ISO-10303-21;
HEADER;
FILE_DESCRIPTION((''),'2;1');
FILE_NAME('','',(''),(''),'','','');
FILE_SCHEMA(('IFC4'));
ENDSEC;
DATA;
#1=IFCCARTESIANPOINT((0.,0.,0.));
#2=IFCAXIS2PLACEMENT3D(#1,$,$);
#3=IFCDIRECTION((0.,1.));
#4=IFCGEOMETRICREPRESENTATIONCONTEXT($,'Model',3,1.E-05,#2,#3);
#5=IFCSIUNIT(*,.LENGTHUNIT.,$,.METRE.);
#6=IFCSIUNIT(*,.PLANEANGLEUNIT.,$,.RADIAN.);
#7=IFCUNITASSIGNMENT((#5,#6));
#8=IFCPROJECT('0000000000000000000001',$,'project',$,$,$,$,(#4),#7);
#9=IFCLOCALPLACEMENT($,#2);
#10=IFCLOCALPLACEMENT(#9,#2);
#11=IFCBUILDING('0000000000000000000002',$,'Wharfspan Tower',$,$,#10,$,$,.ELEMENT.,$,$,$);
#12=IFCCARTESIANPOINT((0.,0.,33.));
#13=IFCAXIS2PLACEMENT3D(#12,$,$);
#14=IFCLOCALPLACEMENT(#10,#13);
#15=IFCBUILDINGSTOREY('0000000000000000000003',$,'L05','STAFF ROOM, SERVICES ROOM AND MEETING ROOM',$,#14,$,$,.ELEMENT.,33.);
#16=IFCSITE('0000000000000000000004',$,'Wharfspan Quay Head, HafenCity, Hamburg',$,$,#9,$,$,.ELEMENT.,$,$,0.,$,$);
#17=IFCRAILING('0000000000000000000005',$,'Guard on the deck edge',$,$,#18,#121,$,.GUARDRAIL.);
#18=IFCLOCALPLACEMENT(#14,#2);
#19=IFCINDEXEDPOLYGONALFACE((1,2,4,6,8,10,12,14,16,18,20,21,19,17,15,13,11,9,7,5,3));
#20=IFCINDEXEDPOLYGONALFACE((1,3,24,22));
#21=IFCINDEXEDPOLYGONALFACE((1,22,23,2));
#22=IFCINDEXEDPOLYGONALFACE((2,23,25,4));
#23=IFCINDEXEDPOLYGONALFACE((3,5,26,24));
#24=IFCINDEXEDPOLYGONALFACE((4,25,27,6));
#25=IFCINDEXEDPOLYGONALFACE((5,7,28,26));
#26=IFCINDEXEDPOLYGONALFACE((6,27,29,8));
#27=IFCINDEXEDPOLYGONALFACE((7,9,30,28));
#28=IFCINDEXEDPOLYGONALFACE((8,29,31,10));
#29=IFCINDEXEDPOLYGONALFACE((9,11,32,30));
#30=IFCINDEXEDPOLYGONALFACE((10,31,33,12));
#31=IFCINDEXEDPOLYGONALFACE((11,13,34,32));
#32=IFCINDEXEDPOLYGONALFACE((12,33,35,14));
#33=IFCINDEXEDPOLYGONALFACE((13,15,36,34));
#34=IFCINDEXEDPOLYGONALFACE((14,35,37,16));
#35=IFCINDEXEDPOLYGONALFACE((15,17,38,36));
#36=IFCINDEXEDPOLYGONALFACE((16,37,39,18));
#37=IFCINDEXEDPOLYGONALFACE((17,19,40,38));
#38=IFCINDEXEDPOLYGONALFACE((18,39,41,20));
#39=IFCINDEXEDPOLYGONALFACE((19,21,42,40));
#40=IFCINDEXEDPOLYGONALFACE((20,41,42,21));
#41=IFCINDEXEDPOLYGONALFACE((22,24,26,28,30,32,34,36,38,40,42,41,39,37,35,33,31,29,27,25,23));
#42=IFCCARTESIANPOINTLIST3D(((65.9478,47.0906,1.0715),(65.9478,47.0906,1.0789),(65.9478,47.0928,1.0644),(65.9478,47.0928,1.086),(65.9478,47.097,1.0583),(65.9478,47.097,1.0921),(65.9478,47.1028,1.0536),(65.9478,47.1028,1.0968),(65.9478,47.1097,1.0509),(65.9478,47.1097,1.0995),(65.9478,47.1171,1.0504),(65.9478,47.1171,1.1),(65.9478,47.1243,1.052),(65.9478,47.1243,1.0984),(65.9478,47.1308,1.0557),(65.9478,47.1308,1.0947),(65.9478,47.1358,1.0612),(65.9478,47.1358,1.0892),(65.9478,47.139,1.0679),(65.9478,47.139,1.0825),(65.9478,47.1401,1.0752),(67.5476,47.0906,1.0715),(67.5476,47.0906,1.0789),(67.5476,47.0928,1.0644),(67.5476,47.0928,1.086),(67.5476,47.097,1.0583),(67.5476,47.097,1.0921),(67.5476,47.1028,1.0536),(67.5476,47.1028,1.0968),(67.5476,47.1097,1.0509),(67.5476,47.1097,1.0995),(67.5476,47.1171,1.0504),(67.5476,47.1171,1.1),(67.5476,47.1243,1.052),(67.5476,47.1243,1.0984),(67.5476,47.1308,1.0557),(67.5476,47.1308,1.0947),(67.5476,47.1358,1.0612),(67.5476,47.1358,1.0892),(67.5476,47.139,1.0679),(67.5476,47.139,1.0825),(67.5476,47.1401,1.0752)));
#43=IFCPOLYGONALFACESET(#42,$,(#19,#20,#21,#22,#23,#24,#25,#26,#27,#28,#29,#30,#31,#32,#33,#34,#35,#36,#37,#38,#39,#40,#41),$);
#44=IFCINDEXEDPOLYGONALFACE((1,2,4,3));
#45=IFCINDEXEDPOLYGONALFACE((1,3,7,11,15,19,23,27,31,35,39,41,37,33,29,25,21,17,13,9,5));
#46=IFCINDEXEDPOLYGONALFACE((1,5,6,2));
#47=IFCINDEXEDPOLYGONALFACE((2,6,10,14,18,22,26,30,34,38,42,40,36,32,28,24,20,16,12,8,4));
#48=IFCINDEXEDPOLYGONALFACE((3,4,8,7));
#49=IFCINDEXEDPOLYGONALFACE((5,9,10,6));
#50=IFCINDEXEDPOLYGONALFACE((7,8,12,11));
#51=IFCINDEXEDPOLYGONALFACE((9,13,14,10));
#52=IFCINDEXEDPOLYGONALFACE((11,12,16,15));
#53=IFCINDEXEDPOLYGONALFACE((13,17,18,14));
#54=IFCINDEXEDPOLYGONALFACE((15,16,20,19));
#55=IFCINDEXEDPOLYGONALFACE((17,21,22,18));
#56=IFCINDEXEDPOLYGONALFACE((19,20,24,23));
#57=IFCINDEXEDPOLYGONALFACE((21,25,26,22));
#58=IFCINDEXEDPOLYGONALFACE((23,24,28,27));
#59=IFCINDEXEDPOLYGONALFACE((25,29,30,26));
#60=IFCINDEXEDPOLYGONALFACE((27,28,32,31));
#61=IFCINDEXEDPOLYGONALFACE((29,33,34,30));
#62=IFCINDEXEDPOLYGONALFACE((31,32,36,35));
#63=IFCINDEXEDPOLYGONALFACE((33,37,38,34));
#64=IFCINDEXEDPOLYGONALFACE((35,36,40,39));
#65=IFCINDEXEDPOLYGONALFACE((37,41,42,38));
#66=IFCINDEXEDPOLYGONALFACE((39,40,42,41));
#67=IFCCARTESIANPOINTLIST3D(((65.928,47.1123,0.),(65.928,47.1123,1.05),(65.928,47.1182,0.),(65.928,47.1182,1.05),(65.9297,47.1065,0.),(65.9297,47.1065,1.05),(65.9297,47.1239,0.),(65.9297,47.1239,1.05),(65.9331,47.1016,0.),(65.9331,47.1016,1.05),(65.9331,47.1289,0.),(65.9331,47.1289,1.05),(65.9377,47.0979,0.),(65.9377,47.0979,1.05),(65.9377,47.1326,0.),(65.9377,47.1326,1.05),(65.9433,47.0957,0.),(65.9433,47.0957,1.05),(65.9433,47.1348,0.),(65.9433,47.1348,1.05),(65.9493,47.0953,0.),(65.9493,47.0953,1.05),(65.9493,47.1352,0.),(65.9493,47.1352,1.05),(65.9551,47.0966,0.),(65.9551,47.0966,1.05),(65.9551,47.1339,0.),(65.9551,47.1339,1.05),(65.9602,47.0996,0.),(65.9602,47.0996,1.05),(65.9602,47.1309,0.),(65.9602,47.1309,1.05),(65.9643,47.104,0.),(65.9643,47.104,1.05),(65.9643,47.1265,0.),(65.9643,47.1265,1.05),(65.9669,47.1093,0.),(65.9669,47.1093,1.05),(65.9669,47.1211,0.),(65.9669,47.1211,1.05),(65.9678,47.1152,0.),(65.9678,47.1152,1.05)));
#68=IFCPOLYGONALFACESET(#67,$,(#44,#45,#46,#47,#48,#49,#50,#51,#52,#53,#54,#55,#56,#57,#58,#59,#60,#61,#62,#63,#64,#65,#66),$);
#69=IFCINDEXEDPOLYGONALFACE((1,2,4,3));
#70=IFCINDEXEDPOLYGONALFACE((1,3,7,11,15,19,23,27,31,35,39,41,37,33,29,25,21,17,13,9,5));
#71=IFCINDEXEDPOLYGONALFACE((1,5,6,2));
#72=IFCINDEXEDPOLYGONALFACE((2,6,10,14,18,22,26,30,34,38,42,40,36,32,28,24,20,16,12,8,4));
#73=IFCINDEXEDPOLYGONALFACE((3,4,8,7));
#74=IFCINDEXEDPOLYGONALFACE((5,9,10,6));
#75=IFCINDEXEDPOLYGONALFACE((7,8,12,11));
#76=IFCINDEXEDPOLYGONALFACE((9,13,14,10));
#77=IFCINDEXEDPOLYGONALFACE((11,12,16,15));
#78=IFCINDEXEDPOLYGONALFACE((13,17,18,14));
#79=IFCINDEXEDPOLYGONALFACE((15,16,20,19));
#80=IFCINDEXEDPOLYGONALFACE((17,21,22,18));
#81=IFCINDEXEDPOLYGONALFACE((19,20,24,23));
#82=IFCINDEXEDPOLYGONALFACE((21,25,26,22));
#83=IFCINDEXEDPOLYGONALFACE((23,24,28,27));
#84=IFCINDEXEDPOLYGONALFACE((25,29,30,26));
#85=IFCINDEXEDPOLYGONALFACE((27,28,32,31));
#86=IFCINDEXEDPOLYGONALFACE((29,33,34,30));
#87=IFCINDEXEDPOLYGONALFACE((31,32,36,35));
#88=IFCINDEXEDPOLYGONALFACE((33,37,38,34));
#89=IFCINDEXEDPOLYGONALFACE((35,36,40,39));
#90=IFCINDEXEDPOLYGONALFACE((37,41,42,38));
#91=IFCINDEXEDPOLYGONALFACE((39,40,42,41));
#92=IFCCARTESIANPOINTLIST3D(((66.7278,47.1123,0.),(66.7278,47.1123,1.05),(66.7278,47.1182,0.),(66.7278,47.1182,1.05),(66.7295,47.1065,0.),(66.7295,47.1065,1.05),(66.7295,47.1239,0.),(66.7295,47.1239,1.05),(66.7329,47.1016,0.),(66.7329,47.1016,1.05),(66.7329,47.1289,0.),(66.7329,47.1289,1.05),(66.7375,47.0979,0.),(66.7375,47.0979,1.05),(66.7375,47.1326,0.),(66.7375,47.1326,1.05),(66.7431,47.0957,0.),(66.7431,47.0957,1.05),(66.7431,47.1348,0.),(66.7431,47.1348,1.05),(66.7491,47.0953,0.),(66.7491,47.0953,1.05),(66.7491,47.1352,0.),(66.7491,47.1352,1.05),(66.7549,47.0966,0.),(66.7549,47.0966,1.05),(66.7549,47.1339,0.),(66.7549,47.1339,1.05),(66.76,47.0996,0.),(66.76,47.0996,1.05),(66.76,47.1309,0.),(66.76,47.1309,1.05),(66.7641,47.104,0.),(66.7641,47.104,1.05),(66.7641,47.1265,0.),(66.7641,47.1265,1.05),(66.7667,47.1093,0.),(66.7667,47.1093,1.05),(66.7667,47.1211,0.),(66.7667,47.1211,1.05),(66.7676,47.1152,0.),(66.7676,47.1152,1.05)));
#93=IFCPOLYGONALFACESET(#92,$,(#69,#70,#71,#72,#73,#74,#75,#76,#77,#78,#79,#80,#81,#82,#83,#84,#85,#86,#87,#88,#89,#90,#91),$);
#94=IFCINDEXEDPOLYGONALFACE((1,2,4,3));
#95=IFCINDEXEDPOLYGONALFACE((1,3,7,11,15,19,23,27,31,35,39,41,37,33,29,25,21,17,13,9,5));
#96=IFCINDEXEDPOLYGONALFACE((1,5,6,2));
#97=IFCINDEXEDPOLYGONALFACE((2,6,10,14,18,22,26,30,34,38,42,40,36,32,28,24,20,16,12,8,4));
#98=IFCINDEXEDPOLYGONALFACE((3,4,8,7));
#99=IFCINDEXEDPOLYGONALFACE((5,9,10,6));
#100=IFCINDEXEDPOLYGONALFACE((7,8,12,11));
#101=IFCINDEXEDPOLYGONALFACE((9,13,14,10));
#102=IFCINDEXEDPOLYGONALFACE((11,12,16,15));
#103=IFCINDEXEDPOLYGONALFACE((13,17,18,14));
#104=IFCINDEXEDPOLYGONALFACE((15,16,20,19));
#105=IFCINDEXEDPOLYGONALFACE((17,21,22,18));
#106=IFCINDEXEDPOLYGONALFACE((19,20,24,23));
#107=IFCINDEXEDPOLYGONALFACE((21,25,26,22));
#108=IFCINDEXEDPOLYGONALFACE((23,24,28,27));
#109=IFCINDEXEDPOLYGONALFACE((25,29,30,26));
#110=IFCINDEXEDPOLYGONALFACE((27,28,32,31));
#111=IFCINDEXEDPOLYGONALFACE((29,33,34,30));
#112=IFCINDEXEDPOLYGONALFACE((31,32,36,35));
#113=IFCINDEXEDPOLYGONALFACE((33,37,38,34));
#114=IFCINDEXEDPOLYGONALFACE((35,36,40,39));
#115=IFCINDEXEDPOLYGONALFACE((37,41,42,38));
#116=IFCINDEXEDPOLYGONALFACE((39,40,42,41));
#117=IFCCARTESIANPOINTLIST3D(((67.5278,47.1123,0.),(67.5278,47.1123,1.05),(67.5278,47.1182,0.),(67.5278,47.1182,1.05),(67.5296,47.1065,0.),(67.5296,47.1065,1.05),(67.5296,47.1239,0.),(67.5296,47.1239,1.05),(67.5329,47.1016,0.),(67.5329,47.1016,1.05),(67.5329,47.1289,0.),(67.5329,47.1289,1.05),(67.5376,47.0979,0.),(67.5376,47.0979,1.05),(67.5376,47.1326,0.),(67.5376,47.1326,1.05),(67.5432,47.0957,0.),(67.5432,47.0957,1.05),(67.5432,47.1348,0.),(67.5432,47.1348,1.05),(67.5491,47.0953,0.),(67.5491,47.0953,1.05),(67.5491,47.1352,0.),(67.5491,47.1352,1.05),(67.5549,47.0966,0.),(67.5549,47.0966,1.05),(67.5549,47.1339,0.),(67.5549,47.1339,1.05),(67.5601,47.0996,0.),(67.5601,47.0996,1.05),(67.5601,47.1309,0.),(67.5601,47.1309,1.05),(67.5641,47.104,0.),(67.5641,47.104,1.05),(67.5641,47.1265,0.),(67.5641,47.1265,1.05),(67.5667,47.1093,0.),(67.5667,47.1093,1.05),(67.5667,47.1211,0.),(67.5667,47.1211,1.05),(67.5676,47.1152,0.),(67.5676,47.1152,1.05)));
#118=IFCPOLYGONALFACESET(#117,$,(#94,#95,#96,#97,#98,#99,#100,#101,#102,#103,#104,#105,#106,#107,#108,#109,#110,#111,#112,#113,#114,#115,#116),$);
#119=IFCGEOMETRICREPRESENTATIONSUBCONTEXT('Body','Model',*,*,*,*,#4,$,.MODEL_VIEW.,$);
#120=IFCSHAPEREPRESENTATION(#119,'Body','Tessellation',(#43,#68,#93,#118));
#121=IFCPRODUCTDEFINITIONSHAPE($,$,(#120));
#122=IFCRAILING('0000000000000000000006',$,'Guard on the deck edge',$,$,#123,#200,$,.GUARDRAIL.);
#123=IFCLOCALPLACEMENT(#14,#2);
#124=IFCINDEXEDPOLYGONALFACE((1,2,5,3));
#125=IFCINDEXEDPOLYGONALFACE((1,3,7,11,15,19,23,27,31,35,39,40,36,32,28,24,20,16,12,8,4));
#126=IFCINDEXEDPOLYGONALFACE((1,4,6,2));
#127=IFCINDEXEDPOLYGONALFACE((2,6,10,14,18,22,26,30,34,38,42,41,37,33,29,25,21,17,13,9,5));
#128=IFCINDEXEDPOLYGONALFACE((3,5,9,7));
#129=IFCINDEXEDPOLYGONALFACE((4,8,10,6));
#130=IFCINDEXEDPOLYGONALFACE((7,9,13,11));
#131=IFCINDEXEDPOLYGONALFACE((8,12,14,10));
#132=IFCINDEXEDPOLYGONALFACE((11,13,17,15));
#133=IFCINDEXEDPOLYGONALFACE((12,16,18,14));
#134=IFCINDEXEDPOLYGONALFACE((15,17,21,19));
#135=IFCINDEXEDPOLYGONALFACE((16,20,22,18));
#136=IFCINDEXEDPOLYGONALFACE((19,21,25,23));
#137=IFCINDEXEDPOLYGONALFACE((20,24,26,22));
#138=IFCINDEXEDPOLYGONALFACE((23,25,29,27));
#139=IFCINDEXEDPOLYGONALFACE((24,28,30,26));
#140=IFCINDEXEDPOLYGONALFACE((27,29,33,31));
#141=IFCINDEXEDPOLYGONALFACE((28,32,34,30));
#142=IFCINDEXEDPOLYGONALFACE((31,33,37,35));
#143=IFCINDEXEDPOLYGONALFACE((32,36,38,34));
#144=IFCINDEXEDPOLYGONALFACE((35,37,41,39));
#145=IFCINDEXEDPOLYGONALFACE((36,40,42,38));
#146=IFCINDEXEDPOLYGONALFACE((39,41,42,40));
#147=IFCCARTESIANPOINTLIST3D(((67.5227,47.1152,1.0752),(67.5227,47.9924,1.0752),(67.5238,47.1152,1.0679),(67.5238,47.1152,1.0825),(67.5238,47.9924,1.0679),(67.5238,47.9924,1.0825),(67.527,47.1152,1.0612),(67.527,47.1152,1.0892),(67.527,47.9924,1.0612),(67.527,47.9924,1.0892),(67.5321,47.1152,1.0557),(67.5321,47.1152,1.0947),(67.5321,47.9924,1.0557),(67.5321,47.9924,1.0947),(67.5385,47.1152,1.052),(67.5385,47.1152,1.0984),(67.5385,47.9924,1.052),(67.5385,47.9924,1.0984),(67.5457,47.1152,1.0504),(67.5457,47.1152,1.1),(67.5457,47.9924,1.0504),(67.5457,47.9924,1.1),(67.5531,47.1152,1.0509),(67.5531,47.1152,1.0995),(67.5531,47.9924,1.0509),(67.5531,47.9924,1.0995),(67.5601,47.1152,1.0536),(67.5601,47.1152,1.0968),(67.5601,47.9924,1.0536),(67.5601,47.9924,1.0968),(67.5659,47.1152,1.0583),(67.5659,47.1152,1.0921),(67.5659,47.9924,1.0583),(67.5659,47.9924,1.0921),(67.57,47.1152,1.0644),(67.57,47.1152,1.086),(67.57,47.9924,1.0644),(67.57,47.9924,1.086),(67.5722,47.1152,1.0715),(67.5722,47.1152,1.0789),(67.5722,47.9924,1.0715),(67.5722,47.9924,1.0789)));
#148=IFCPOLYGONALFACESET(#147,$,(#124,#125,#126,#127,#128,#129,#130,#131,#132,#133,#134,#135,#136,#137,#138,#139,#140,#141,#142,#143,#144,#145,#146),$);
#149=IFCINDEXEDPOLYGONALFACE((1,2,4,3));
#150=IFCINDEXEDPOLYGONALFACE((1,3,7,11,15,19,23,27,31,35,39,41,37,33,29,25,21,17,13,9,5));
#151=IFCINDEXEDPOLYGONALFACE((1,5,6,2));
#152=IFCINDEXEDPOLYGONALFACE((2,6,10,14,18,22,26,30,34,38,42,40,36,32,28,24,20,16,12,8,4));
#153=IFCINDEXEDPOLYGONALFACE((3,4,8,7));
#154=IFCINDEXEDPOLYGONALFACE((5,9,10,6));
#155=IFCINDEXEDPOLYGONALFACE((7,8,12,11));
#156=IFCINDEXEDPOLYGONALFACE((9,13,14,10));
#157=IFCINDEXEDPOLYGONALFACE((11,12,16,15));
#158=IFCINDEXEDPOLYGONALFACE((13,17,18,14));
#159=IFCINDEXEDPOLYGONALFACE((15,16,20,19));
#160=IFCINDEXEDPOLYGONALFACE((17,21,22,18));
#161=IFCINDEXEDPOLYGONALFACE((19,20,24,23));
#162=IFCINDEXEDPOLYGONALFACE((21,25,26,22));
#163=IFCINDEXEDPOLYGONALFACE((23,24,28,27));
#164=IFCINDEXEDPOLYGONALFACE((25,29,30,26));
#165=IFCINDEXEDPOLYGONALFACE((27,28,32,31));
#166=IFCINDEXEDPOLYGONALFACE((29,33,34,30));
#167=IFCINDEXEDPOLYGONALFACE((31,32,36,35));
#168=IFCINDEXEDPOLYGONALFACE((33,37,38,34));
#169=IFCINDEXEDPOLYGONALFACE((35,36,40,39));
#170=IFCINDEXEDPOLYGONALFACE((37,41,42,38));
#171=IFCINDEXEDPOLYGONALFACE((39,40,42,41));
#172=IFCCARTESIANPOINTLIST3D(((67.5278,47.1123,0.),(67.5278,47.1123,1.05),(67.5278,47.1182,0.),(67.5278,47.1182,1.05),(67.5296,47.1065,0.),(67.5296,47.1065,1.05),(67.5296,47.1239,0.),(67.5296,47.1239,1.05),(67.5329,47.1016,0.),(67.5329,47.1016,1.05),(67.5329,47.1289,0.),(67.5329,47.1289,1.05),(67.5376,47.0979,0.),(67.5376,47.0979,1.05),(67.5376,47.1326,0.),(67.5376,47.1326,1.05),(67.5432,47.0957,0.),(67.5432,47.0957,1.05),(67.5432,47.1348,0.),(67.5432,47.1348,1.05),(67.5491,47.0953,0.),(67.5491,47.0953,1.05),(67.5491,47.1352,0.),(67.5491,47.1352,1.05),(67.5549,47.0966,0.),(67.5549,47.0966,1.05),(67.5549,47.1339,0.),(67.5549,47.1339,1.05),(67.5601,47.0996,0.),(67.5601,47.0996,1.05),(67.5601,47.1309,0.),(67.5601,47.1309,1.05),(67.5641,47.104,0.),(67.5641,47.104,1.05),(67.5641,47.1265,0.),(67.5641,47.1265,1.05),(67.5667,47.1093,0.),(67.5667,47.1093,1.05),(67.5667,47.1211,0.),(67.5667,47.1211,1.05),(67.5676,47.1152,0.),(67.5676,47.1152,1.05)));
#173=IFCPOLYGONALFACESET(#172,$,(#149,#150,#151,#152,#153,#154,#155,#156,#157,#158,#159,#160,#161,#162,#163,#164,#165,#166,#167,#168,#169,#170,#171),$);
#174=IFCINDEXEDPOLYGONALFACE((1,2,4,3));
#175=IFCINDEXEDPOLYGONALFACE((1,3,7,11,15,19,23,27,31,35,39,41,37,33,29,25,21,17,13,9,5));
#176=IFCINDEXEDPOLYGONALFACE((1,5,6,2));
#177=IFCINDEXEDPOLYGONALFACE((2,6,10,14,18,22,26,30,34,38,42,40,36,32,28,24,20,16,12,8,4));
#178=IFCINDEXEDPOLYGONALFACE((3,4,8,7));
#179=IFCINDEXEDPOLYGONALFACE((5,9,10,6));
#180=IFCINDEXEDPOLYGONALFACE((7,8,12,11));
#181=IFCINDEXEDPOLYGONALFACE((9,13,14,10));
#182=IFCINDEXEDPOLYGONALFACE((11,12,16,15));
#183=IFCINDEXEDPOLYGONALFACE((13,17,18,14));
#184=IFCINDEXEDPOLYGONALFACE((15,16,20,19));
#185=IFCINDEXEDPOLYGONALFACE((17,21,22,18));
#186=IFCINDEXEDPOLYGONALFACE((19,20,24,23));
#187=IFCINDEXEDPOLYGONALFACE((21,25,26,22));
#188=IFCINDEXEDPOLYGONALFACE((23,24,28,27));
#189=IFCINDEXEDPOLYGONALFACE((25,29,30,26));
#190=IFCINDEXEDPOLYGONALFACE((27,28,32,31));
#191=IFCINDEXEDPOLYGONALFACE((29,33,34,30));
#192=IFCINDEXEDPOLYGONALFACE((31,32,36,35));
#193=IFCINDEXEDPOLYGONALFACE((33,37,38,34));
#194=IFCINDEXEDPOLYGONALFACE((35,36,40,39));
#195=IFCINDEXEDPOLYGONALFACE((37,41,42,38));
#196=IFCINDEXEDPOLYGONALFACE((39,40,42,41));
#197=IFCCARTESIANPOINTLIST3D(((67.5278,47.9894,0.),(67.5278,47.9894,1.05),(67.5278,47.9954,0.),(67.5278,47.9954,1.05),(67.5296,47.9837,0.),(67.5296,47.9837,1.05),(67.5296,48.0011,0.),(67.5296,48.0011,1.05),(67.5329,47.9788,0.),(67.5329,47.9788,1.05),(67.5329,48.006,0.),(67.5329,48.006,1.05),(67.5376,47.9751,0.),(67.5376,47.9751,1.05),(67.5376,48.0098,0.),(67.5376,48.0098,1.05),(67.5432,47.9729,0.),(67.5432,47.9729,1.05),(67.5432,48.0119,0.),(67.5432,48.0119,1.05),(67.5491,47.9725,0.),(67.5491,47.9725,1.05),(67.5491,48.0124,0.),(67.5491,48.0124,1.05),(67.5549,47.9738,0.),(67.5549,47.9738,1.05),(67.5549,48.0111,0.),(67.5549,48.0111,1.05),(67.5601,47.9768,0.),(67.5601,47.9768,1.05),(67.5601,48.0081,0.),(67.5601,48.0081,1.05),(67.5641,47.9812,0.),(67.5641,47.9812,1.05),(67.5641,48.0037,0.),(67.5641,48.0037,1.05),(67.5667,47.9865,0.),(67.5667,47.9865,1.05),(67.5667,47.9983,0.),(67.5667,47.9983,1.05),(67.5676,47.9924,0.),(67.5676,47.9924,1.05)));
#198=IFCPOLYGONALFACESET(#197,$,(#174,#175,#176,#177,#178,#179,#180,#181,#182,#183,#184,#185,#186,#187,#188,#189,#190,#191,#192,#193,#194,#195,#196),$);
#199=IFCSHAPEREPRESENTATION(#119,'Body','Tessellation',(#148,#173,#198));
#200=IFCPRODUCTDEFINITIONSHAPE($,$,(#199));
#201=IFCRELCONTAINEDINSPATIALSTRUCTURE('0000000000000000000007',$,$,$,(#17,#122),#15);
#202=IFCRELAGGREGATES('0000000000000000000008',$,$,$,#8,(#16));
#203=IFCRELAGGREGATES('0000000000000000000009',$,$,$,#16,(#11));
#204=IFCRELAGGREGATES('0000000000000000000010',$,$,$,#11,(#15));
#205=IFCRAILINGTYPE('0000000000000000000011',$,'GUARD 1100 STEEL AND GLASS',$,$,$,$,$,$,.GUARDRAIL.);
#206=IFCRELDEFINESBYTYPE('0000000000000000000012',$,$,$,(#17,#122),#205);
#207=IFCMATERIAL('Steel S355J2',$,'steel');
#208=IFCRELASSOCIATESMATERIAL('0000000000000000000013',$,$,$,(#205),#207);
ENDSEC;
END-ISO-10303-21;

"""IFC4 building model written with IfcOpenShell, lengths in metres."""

from ifc_helpers import new_model, si_unit, direction, frame, origin, origin_2d, place, context, subcontext, project, spatial, circle, extrude, material, type_object, element, save


model = new_model("IFC4")

# Units and contexts
model_context = context("Model", 3, precision=1e-05, world=origin(), true_north=direction((0.0, 1.0)))
body_context = subcontext(model_context, "Body", "Model", "MODEL_VIEW")
ifc_project = project(units=[si_unit("LENGTHUNIT", "METRE"), si_unit("PLANEANGLEUNIT", "RADIAN")], contexts=[model_context])

# Site, building, storey
site_placement = place(None, origin())
site = spatial("IfcSite", under=ifc_project, at=site_placement, Name="Wharfspan Quay Head, HafenCity, Hamburg", CompositionType="ELEMENT", RefElevation=0.0)
building_placement = place(site_placement, origin())
building = spatial("IfcBuilding", under=site, at=building_placement, Name="Wharfspan Tower", CompositionType="ELEMENT")
storey_placement = place(building_placement, frame((0.0, 0.0, 33.0)))
storey = spatial("IfcBuildingStorey", under=building, at=storey_placement, Name="L05", Description="STAFF ROOM, SERVICES ROOM AND MEETING ROOM", CompositionType="ELEMENT", Elevation=33.0)

# Railings
ifc_material_1 = material(Name="Steel S355J2", Category="steel")
railing_type = type_object("IfcRailingType", Name="GUARD 1100 STEEL AND GLASS", PredefinedType="GUARDRAIL", material=ifc_material_1)
railing_1_placement = place(storey_placement, frame((65.9478, 47.1152, 0.0)))
element("IfcRailing", 1, at=railing_1_placement, inside=storey, type_object=railing_type, Name="Guard on the deck edge", PredefinedType="GUARDRAIL", context=body_context, shape_type="SweptSolid", body=[
    extrude(circle(Radius=0.0249, at=origin_2d()), frame((0.0, 0.0, 1.0752), z_axis=(1.0, 0.0, 0.0), x_axis=(0.0, 1.0, 0.0)), (0.0, 0.0, 1.0), 1.5999),
    extrude(circle(Radius=0.02, at=origin_2d()), origin(), (0.0, 0.0, 1.0), 1.05),
    extrude(circle(Radius=0.02, at=origin_2d()), frame((0.7998, 0.0, 0.0)), (0.0, 0.0, 1.0), 1.05),
    extrude(circle(Radius=0.02, at=origin_2d()), frame((1.5999, 0.0, 0.0)), (0.0, 0.0, 1.0), 1.05),
])
railing_2_placement = place(storey_placement, frame((67.5476, 47.1152, 0.0)))
element("IfcRailing", 2, at=railing_2_placement, inside=storey, type_object=railing_type, Name="Guard on the deck edge", PredefinedType="GUARDRAIL", context=body_context, shape_type="SweptSolid", body=[
    extrude(circle(Radius=0.0249, at=origin_2d()), frame((0.0, 0.0, 1.0752), z_axis=(0.0, 1.0, 0.0), x_axis=(-1.0, 0.0, 0.0)), (0.0, 0.0, 1.0), 0.8772),
    extrude(circle(Radius=0.02, at=origin_2d()), origin(), (0.0, 0.0, 1.0), 1.05),
    extrude(circle(Radius=0.02, at=origin_2d()), frame((0.0, 0.8772, 0.0)), (0.0, 0.0, 1.0), 1.05),
])

save(model, "model.ifc")
